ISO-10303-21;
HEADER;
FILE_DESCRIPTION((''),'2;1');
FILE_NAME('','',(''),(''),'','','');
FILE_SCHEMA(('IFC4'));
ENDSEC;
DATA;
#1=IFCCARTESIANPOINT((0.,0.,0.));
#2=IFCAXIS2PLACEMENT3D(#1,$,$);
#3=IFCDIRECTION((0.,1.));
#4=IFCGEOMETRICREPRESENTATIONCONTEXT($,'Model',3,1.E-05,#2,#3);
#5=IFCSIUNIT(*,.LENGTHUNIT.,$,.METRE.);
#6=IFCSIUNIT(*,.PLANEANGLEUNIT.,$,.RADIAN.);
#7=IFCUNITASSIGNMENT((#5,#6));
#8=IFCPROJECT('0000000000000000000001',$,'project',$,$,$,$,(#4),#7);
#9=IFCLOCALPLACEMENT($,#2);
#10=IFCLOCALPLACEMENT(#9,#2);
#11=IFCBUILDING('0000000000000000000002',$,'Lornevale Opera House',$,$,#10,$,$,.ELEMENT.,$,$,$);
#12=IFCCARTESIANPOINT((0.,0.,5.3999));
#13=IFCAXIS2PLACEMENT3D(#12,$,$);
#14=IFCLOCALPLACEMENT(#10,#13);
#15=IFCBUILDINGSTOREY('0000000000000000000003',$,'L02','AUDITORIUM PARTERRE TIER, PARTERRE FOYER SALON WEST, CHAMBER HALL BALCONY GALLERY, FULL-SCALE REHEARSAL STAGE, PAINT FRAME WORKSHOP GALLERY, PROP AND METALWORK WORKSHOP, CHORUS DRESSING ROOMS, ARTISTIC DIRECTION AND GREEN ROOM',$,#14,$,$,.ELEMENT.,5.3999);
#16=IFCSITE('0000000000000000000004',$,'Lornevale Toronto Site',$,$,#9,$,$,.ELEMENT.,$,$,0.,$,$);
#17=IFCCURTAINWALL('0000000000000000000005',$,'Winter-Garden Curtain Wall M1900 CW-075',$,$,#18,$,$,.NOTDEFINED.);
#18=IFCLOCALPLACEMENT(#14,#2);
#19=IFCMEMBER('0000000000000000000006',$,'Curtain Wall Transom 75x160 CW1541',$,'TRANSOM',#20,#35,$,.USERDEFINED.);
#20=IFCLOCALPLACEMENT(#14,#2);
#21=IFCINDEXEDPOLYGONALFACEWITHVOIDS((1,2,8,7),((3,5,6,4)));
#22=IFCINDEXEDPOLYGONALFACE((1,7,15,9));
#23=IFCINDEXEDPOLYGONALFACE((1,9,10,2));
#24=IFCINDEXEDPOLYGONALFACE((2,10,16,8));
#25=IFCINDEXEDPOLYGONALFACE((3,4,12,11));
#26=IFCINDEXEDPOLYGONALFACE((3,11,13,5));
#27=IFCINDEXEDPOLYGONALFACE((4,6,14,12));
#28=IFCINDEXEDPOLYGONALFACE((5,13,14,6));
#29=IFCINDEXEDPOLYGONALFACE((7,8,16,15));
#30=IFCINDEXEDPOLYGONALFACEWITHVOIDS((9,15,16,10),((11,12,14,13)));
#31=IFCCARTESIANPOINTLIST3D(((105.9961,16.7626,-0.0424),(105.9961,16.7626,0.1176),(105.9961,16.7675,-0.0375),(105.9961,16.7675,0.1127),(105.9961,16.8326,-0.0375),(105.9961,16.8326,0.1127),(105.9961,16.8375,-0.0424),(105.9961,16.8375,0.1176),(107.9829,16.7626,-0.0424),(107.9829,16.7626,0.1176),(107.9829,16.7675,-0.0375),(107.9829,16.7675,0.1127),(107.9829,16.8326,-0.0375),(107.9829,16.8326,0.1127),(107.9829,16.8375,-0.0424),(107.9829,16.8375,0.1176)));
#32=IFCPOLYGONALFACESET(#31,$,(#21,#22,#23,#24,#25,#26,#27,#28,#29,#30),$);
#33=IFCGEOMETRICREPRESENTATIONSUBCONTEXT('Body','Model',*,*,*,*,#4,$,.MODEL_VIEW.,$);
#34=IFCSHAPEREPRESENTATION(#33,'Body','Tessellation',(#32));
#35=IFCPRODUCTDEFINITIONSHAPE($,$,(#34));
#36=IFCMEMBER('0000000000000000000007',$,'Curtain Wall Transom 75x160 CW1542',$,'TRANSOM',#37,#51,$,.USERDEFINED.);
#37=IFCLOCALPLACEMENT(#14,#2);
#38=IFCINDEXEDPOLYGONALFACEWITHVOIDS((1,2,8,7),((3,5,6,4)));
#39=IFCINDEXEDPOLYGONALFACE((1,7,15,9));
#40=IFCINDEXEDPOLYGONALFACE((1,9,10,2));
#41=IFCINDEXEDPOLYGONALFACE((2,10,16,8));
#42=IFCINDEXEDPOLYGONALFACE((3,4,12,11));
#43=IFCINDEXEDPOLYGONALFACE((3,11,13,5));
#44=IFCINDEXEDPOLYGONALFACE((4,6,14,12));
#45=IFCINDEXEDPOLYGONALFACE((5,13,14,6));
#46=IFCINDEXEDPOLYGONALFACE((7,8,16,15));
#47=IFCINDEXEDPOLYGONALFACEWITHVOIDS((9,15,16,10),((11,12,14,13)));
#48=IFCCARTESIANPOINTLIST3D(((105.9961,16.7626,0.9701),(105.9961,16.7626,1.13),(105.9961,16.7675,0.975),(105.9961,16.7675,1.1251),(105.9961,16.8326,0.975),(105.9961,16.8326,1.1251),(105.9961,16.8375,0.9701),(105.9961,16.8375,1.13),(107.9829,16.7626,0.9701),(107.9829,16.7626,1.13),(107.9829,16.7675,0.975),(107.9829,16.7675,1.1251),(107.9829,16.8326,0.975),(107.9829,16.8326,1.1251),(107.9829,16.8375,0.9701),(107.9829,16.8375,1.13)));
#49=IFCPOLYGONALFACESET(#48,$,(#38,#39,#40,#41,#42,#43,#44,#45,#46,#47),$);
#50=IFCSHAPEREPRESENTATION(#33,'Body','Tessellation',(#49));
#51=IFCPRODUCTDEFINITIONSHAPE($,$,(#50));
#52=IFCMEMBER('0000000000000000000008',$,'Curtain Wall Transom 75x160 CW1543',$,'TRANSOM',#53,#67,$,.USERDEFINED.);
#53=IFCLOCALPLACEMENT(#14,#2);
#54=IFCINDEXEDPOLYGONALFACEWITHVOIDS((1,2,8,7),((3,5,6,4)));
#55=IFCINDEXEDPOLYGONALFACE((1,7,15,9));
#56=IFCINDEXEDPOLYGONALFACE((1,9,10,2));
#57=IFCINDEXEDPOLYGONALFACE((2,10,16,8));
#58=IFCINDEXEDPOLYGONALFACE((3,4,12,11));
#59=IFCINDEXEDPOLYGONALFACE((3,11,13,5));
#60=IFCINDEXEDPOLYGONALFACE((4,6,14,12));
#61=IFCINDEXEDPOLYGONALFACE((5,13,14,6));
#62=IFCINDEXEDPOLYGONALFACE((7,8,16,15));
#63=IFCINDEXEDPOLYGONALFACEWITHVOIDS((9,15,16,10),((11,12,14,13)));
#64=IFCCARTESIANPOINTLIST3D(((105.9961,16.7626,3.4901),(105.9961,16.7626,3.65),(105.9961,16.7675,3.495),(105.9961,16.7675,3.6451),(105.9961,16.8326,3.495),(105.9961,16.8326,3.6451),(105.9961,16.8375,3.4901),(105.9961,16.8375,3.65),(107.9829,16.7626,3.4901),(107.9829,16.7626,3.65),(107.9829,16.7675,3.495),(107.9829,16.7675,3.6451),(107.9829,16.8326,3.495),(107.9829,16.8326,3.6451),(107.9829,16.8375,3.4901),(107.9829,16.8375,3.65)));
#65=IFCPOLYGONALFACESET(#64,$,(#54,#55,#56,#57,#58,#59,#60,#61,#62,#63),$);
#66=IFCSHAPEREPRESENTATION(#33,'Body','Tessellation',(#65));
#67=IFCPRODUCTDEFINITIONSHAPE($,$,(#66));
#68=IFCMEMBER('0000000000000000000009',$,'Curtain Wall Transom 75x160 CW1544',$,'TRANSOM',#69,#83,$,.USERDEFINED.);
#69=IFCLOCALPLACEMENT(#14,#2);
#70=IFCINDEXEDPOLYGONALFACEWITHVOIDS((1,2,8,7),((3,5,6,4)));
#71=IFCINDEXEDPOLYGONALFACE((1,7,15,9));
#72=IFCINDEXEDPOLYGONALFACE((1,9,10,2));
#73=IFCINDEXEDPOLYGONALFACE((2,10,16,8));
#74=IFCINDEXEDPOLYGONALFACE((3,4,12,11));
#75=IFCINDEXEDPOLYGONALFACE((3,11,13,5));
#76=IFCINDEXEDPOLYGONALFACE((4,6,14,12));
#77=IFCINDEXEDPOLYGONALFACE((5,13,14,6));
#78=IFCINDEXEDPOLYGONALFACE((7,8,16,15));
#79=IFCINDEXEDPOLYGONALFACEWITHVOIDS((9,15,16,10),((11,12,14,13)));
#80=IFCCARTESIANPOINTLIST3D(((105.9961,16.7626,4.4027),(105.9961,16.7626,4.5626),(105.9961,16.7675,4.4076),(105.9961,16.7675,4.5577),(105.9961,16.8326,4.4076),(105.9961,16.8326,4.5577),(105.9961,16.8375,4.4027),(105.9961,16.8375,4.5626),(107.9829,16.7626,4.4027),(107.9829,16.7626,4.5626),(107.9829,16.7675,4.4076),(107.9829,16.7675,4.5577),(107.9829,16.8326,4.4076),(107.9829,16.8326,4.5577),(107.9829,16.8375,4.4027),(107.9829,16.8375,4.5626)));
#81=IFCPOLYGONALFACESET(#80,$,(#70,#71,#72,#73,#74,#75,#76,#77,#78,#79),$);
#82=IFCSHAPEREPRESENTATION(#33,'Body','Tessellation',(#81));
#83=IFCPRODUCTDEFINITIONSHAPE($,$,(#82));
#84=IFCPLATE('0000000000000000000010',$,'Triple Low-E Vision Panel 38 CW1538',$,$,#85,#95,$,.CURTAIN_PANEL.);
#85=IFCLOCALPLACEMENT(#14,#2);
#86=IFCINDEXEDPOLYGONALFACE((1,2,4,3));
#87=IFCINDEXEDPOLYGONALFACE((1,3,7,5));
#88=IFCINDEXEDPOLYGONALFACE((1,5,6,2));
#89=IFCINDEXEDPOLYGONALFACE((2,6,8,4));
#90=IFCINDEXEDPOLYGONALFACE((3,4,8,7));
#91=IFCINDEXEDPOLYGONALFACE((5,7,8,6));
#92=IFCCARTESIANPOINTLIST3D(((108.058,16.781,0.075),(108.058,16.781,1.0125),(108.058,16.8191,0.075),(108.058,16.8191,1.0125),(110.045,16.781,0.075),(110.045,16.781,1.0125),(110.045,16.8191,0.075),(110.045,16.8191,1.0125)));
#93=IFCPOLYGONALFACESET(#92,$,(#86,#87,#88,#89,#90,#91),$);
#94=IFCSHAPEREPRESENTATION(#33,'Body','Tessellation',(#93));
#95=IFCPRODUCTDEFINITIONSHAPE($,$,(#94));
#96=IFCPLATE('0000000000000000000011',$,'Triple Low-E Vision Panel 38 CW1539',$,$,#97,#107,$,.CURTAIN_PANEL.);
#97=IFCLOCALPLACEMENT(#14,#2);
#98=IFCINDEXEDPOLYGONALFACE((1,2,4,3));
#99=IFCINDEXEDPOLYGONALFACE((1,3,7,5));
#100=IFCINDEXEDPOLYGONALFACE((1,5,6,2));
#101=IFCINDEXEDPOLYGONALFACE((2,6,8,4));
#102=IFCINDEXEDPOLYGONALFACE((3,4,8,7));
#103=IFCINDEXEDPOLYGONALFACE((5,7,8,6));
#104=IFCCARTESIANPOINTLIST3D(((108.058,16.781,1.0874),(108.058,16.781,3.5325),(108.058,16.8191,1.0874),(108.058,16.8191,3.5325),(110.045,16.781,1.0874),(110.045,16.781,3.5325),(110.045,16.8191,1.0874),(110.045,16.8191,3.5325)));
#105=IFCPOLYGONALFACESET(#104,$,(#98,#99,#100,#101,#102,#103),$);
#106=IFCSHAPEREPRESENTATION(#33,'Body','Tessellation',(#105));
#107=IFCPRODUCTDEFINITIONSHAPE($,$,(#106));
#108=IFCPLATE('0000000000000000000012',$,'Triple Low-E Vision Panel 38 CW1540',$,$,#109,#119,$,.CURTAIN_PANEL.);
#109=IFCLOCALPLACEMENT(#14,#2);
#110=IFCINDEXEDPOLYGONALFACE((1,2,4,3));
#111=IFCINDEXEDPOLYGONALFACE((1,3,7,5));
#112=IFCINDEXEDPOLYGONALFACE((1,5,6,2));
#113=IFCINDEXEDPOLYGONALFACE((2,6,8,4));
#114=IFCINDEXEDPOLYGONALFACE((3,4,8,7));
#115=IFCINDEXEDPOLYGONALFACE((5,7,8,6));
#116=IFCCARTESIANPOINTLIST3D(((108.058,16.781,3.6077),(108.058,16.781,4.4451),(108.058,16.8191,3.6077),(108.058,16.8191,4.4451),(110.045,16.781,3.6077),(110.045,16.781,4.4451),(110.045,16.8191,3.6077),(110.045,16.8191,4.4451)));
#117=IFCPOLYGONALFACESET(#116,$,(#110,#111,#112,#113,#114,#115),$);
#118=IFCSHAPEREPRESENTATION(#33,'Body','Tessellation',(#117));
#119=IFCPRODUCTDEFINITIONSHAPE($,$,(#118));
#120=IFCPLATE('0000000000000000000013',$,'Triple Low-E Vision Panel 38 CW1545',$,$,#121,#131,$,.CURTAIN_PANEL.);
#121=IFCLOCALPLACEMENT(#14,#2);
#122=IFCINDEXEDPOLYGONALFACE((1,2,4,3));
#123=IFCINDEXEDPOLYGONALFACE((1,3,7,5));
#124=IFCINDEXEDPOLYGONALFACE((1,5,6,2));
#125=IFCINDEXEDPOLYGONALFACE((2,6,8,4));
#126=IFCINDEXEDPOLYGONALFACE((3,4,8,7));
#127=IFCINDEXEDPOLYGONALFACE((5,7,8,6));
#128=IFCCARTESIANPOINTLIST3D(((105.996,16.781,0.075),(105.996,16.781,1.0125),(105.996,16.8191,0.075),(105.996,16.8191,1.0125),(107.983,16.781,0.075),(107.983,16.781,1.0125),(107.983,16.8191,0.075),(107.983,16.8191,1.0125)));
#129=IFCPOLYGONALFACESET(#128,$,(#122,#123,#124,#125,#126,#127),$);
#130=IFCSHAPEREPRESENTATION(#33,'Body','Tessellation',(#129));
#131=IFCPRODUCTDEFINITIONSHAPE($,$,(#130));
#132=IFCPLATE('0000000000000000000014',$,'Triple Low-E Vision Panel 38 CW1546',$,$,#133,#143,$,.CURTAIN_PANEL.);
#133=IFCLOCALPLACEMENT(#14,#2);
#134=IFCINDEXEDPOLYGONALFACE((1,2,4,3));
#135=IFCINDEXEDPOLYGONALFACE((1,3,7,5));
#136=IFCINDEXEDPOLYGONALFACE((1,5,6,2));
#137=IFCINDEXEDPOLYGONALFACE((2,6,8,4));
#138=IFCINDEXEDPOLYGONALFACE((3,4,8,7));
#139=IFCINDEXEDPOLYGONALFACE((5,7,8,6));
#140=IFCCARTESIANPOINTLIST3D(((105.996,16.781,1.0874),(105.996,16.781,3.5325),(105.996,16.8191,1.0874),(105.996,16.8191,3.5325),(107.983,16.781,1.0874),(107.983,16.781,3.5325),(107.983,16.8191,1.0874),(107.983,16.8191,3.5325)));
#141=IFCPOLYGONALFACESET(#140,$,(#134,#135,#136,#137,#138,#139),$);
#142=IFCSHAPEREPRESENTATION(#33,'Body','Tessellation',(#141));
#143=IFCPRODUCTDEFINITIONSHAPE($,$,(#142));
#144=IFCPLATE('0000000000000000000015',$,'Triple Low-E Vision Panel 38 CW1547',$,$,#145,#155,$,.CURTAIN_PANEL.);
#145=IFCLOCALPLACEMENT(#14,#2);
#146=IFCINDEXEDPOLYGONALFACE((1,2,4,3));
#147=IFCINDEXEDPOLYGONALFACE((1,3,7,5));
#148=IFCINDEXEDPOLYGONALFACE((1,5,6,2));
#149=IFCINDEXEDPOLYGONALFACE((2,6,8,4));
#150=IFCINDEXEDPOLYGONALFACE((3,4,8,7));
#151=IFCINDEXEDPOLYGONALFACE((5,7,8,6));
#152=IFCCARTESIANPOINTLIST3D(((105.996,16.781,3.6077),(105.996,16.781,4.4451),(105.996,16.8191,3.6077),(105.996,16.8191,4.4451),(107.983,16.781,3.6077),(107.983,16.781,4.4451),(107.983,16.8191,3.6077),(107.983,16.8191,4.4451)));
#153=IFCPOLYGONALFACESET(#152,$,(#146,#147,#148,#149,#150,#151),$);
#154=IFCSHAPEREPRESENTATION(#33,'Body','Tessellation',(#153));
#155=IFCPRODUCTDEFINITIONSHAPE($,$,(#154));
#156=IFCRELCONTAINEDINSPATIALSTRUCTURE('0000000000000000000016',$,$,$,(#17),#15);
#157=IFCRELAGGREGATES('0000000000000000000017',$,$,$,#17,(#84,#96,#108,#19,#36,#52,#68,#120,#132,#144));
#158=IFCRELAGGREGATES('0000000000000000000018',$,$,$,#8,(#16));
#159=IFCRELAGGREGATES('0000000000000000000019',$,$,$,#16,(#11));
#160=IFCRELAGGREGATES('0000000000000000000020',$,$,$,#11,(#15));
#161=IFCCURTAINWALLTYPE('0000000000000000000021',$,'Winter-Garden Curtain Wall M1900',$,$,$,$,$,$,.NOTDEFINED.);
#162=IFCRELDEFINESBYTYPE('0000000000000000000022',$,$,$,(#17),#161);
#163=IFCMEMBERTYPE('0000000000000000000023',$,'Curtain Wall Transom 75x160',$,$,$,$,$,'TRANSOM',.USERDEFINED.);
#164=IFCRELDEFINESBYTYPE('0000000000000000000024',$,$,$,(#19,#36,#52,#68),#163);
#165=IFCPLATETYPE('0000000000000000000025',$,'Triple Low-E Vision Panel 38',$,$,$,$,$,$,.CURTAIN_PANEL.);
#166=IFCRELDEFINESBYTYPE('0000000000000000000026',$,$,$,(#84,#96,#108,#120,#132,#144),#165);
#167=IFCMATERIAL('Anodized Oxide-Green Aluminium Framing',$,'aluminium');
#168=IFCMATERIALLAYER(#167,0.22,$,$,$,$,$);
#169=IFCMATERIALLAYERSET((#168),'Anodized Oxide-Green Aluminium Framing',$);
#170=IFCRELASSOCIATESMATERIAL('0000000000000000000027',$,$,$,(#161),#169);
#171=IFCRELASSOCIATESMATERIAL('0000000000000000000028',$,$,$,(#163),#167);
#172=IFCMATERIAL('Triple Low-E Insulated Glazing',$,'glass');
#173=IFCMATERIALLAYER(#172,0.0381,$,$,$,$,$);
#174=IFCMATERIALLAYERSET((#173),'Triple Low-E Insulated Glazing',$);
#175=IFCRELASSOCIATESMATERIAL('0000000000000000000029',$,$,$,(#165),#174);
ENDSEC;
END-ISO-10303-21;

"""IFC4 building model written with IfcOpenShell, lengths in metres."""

from ifc_helpers import new_model, si_unit, direction, frame, origin, origin_2d, place, context, subcontext, project, spatial, rectangle, hollow_rectangle, extrude, material, layer, layer_set, material_profile, profile_set, type_object, element, aggregate, save


model = new_model("IFC4")

# Units and contexts
model_context = context("Model", 3, precision=1e-05, world=origin(), true_north=direction((0.0, 1.0)))
body_context = subcontext(model_context, "Body", "Model", "MODEL_VIEW")
ifc_project = project(units=[si_unit("LENGTHUNIT", "METRE"), si_unit("PLANEANGLEUNIT", "RADIAN")], contexts=[model_context])

# Site, building, storey
site_placement = place(None, origin())
site = spatial("IfcSite", under=ifc_project, at=site_placement, Name="Lornevale Toronto Site", CompositionType="ELEMENT", RefElevation=0.0)
building_placement = place(site_placement, origin())
building = spatial("IfcBuilding", under=site, at=building_placement, Name="Lornevale Opera House", CompositionType="ELEMENT")
storey_placement = place(building_placement, frame((0.0, 0.0, 5.3999)))
storey = spatial("IfcBuildingStorey", under=building, at=storey_placement, Name="L02", Description="AUDITORIUM PARTERRE TIER, PARTERRE FOYER SALON WEST, CHAMBER HALL BALCONY GALLERY, FULL-SCALE REHEARSAL STAGE, PAINT FRAME WORKSHOP GALLERY, PROP AND METALWORK WORKSHOP, CHORUS DRESSING ROOMS, ARTISTIC DIRECTION AND GREEN ROOM", CompositionType="ELEMENT", Elevation=5.3999)

# Shared definitions
ifc_material_1 = material(Name="Anodized Oxide-Green Aluminium Framing", Category="aluminium")
ifc_layer_1 = layer(ifc_material_1, 0.22)
ifc_layer_set_1 = layer_set([ifc_layer_1], Name="Anodized Oxide-Green Aluminium Framing")
curtain_wall_type = type_object("IfcCurtainWallType", Name="Winter-Garden Curtain Wall M1900", PredefinedType="NOTDEFINED", material=ifc_layer_set_1)

# Curtain wall
curtain_wall_1_placement = place(storey_placement, origin())
curtain_wall_1 = element("IfcCurtainWall", 1, at=curtain_wall_1_placement, inside=storey, type_object=curtain_wall_type, Name="Winter-Garden Curtain Wall M1900 CW-075", PredefinedType="NOTDEFINED")

# Members
ifc_material_profile_1 = material_profile(ifc_material_1, hollow_rectangle(XDim=0.075, YDim=0.1599, WallThickness=0.0049, at=origin_2d()), Name="ALU75x160x5")
ifc_profile_set_1 = profile_set([ifc_material_profile_1], Name="Anodized Oxide-Green Aluminium Framing")
member_type_1 = type_object("IfcMemberType", Name="Curtain Wall Transom 75x160", ElementType="TRANSOM", PredefinedType="USERDEFINED", material=ifc_profile_set_1)
member_1_placement = place(storey_placement, frame((107.9829, 16.8, 0.0376), z_axis=(-1.0, 0.0, 0.0), x_axis=(0.0, -1.0, 0.0)))
member_1 = element("IfcMember", 2, at=member_1_placement, type_object=member_type_1, Name="Curtain Wall Transom 75x160 CW1541", ObjectType="TRANSOM", PredefinedType="USERDEFINED", context=body_context, shape_type="SweptSolid", body=[
    extrude(hollow_rectangle(XDim=0.075, YDim=0.1599, WallThickness=0.0049, at=origin_2d()), origin(), (0.0, 0.0, 1.0), 1.9868),
])
member_2_placement = place(storey_placement, frame((107.9829, 16.8, 1.05), z_axis=(-1.0, 0.0, 0.0), x_axis=(0.0, -1.0, 0.0)))
member_2 = element("IfcMember", 3, at=member_2_placement, type_object=member_type_1, Name="Curtain Wall Transom 75x160 CW1542", ObjectType="TRANSOM", PredefinedType="USERDEFINED", context=body_context, shape_type="SweptSolid", body=[
    extrude(hollow_rectangle(XDim=0.075, YDim=0.1599, WallThickness=0.0049, at=origin_2d()), origin(), (0.0, 0.0, 1.0), 1.9868),
])
member_3_placement = place(storey_placement, frame((107.9829, 16.8, 3.5701), z_axis=(-1.0, 0.0, 0.0), x_axis=(0.0, -1.0, 0.0)))
member_3 = element("IfcMember", 4, at=member_3_placement, type_object=member_type_1, Name="Curtain Wall Transom 75x160 CW1543", ObjectType="TRANSOM", PredefinedType="USERDEFINED", context=body_context, shape_type="SweptSolid", body=[
    extrude(hollow_rectangle(XDim=0.075, YDim=0.1599, WallThickness=0.0049, at=origin_2d()), origin(), (0.0, 0.0, 1.0), 1.9868),
])
member_4_placement = place(storey_placement, frame((107.9829, 16.8, 4.4827), z_axis=(-1.0, 0.0, 0.0), x_axis=(0.0, -1.0, 0.0)))
member_4 = element("IfcMember", 5, at=member_4_placement, type_object=member_type_1, Name="Curtain Wall Transom 75x160 CW1544", ObjectType="TRANSOM", PredefinedType="USERDEFINED", context=body_context, shape_type="SweptSolid", body=[
    extrude(hollow_rectangle(XDim=0.075, YDim=0.1599, WallThickness=0.0049, at=origin_2d()), origin(), (0.0, 0.0, 1.0), 1.9868),
])

# Plates
ifc_material_2 = material(Name="Triple Low-E Insulated Glazing", Category="glass")
ifc_layer_2 = layer(ifc_material_2, 0.0381)
ifc_layer_set_2 = layer_set([ifc_layer_2], Name="Triple Low-E Insulated Glazing")
plate_type = type_object("IfcPlateType", Name="Triple Low-E Vision Panel 38", PredefinedType="CURTAIN_PANEL", material=ifc_layer_set_2)
plate_1_placement = place(storey_placement, frame((109.0515, 16.8, 0.075), z_axis=(0.0, 0.0, 1.0), x_axis=(-1.0, 0.0, 0.0)))
plate_1 = element("IfcPlate", 6, at=plate_1_placement, type_object=plate_type, Name="Triple Low-E Vision Panel 38 CW1538", PredefinedType="CURTAIN_PANEL", context=body_context, shape_type="SweptSolid", body=[
    extrude(rectangle(XDim=1.9871, YDim=0.0381, at=origin_2d()), origin(), (0.0, 0.0, 1.0), 0.9375),
])
plate_2_placement = place(storey_placement, frame((109.0515, 16.8, 1.0874), z_axis=(0.0, 0.0, 1.0), x_axis=(-1.0, 0.0, 0.0)))
plate_2 = element("IfcPlate", 7, at=plate_2_placement, type_object=plate_type, Name="Triple Low-E Vision Panel 38 CW1539", PredefinedType="CURTAIN_PANEL", context=body_context, shape_type="SweptSolid", body=[
    extrude(rectangle(XDim=1.9871, YDim=0.0381, at=origin_2d()), origin(), (0.0, 0.0, 1.0), 2.4451),
])
plate_3_placement = place(storey_placement, frame((109.0515, 16.8, 3.6077), z_axis=(0.0, 0.0, 1.0), x_axis=(-1.0, 0.0, 0.0)))
plate_3 = element("IfcPlate", 8, at=plate_3_placement, type_object=plate_type, Name="Triple Low-E Vision Panel 38 CW1540", PredefinedType="CURTAIN_PANEL", context=body_context, shape_type="SweptSolid", body=[
    extrude(rectangle(XDim=1.9871, YDim=0.0381, at=origin_2d()), origin(), (0.0, 0.0, 1.0), 0.8374),
])
plate_4_placement = place(storey_placement, frame((106.9895, 16.8, 0.075), z_axis=(0.0, 0.0, 1.0), x_axis=(-1.0, 0.0, 0.0)))
plate_4 = element("IfcPlate", 9, at=plate_4_placement, type_object=plate_type, Name="Triple Low-E Vision Panel 38 CW1545", PredefinedType="CURTAIN_PANEL", context=body_context, shape_type="SweptSolid", body=[
    extrude(rectangle(XDim=1.9871, YDim=0.0381, at=origin_2d()), origin(), (0.0, 0.0, 1.0), 0.9375),
])
plate_5_placement = place(storey_placement, frame((106.9895, 16.8, 1.0874), z_axis=(0.0, 0.0, 1.0), x_axis=(-1.0, 0.0, 0.0)))
plate_5 = element("IfcPlate", 10, at=plate_5_placement, type_object=plate_type, Name="Triple Low-E Vision Panel 38 CW1546", PredefinedType="CURTAIN_PANEL", context=body_context, shape_type="SweptSolid", body=[
    extrude(rectangle(XDim=1.9871, YDim=0.0381, at=origin_2d()), origin(), (0.0, 0.0, 1.0), 2.4451),
])
plate_6_placement = place(storey_placement, frame((106.9895, 16.8, 3.6077), z_axis=(0.0, 0.0, 1.0), x_axis=(-1.0, 0.0, 0.0)))
plate_6 = element("IfcPlate", 11, at=plate_6_placement, type_object=plate_type, Name="Triple Low-E Vision Panel 38 CW1547", PredefinedType="CURTAIN_PANEL", context=body_context, shape_type="SweptSolid", body=[
    extrude(rectangle(XDim=1.9871, YDim=0.0381, at=origin_2d()), origin(), (0.0, 0.0, 1.0), 0.8374),
])
aggregate(curtain_wall_1, [plate_1, plate_2, plate_3, member_1, member_2, member_3, member_4, plate_4, plate_5, plate_6])

save(model, "model.ifc")
